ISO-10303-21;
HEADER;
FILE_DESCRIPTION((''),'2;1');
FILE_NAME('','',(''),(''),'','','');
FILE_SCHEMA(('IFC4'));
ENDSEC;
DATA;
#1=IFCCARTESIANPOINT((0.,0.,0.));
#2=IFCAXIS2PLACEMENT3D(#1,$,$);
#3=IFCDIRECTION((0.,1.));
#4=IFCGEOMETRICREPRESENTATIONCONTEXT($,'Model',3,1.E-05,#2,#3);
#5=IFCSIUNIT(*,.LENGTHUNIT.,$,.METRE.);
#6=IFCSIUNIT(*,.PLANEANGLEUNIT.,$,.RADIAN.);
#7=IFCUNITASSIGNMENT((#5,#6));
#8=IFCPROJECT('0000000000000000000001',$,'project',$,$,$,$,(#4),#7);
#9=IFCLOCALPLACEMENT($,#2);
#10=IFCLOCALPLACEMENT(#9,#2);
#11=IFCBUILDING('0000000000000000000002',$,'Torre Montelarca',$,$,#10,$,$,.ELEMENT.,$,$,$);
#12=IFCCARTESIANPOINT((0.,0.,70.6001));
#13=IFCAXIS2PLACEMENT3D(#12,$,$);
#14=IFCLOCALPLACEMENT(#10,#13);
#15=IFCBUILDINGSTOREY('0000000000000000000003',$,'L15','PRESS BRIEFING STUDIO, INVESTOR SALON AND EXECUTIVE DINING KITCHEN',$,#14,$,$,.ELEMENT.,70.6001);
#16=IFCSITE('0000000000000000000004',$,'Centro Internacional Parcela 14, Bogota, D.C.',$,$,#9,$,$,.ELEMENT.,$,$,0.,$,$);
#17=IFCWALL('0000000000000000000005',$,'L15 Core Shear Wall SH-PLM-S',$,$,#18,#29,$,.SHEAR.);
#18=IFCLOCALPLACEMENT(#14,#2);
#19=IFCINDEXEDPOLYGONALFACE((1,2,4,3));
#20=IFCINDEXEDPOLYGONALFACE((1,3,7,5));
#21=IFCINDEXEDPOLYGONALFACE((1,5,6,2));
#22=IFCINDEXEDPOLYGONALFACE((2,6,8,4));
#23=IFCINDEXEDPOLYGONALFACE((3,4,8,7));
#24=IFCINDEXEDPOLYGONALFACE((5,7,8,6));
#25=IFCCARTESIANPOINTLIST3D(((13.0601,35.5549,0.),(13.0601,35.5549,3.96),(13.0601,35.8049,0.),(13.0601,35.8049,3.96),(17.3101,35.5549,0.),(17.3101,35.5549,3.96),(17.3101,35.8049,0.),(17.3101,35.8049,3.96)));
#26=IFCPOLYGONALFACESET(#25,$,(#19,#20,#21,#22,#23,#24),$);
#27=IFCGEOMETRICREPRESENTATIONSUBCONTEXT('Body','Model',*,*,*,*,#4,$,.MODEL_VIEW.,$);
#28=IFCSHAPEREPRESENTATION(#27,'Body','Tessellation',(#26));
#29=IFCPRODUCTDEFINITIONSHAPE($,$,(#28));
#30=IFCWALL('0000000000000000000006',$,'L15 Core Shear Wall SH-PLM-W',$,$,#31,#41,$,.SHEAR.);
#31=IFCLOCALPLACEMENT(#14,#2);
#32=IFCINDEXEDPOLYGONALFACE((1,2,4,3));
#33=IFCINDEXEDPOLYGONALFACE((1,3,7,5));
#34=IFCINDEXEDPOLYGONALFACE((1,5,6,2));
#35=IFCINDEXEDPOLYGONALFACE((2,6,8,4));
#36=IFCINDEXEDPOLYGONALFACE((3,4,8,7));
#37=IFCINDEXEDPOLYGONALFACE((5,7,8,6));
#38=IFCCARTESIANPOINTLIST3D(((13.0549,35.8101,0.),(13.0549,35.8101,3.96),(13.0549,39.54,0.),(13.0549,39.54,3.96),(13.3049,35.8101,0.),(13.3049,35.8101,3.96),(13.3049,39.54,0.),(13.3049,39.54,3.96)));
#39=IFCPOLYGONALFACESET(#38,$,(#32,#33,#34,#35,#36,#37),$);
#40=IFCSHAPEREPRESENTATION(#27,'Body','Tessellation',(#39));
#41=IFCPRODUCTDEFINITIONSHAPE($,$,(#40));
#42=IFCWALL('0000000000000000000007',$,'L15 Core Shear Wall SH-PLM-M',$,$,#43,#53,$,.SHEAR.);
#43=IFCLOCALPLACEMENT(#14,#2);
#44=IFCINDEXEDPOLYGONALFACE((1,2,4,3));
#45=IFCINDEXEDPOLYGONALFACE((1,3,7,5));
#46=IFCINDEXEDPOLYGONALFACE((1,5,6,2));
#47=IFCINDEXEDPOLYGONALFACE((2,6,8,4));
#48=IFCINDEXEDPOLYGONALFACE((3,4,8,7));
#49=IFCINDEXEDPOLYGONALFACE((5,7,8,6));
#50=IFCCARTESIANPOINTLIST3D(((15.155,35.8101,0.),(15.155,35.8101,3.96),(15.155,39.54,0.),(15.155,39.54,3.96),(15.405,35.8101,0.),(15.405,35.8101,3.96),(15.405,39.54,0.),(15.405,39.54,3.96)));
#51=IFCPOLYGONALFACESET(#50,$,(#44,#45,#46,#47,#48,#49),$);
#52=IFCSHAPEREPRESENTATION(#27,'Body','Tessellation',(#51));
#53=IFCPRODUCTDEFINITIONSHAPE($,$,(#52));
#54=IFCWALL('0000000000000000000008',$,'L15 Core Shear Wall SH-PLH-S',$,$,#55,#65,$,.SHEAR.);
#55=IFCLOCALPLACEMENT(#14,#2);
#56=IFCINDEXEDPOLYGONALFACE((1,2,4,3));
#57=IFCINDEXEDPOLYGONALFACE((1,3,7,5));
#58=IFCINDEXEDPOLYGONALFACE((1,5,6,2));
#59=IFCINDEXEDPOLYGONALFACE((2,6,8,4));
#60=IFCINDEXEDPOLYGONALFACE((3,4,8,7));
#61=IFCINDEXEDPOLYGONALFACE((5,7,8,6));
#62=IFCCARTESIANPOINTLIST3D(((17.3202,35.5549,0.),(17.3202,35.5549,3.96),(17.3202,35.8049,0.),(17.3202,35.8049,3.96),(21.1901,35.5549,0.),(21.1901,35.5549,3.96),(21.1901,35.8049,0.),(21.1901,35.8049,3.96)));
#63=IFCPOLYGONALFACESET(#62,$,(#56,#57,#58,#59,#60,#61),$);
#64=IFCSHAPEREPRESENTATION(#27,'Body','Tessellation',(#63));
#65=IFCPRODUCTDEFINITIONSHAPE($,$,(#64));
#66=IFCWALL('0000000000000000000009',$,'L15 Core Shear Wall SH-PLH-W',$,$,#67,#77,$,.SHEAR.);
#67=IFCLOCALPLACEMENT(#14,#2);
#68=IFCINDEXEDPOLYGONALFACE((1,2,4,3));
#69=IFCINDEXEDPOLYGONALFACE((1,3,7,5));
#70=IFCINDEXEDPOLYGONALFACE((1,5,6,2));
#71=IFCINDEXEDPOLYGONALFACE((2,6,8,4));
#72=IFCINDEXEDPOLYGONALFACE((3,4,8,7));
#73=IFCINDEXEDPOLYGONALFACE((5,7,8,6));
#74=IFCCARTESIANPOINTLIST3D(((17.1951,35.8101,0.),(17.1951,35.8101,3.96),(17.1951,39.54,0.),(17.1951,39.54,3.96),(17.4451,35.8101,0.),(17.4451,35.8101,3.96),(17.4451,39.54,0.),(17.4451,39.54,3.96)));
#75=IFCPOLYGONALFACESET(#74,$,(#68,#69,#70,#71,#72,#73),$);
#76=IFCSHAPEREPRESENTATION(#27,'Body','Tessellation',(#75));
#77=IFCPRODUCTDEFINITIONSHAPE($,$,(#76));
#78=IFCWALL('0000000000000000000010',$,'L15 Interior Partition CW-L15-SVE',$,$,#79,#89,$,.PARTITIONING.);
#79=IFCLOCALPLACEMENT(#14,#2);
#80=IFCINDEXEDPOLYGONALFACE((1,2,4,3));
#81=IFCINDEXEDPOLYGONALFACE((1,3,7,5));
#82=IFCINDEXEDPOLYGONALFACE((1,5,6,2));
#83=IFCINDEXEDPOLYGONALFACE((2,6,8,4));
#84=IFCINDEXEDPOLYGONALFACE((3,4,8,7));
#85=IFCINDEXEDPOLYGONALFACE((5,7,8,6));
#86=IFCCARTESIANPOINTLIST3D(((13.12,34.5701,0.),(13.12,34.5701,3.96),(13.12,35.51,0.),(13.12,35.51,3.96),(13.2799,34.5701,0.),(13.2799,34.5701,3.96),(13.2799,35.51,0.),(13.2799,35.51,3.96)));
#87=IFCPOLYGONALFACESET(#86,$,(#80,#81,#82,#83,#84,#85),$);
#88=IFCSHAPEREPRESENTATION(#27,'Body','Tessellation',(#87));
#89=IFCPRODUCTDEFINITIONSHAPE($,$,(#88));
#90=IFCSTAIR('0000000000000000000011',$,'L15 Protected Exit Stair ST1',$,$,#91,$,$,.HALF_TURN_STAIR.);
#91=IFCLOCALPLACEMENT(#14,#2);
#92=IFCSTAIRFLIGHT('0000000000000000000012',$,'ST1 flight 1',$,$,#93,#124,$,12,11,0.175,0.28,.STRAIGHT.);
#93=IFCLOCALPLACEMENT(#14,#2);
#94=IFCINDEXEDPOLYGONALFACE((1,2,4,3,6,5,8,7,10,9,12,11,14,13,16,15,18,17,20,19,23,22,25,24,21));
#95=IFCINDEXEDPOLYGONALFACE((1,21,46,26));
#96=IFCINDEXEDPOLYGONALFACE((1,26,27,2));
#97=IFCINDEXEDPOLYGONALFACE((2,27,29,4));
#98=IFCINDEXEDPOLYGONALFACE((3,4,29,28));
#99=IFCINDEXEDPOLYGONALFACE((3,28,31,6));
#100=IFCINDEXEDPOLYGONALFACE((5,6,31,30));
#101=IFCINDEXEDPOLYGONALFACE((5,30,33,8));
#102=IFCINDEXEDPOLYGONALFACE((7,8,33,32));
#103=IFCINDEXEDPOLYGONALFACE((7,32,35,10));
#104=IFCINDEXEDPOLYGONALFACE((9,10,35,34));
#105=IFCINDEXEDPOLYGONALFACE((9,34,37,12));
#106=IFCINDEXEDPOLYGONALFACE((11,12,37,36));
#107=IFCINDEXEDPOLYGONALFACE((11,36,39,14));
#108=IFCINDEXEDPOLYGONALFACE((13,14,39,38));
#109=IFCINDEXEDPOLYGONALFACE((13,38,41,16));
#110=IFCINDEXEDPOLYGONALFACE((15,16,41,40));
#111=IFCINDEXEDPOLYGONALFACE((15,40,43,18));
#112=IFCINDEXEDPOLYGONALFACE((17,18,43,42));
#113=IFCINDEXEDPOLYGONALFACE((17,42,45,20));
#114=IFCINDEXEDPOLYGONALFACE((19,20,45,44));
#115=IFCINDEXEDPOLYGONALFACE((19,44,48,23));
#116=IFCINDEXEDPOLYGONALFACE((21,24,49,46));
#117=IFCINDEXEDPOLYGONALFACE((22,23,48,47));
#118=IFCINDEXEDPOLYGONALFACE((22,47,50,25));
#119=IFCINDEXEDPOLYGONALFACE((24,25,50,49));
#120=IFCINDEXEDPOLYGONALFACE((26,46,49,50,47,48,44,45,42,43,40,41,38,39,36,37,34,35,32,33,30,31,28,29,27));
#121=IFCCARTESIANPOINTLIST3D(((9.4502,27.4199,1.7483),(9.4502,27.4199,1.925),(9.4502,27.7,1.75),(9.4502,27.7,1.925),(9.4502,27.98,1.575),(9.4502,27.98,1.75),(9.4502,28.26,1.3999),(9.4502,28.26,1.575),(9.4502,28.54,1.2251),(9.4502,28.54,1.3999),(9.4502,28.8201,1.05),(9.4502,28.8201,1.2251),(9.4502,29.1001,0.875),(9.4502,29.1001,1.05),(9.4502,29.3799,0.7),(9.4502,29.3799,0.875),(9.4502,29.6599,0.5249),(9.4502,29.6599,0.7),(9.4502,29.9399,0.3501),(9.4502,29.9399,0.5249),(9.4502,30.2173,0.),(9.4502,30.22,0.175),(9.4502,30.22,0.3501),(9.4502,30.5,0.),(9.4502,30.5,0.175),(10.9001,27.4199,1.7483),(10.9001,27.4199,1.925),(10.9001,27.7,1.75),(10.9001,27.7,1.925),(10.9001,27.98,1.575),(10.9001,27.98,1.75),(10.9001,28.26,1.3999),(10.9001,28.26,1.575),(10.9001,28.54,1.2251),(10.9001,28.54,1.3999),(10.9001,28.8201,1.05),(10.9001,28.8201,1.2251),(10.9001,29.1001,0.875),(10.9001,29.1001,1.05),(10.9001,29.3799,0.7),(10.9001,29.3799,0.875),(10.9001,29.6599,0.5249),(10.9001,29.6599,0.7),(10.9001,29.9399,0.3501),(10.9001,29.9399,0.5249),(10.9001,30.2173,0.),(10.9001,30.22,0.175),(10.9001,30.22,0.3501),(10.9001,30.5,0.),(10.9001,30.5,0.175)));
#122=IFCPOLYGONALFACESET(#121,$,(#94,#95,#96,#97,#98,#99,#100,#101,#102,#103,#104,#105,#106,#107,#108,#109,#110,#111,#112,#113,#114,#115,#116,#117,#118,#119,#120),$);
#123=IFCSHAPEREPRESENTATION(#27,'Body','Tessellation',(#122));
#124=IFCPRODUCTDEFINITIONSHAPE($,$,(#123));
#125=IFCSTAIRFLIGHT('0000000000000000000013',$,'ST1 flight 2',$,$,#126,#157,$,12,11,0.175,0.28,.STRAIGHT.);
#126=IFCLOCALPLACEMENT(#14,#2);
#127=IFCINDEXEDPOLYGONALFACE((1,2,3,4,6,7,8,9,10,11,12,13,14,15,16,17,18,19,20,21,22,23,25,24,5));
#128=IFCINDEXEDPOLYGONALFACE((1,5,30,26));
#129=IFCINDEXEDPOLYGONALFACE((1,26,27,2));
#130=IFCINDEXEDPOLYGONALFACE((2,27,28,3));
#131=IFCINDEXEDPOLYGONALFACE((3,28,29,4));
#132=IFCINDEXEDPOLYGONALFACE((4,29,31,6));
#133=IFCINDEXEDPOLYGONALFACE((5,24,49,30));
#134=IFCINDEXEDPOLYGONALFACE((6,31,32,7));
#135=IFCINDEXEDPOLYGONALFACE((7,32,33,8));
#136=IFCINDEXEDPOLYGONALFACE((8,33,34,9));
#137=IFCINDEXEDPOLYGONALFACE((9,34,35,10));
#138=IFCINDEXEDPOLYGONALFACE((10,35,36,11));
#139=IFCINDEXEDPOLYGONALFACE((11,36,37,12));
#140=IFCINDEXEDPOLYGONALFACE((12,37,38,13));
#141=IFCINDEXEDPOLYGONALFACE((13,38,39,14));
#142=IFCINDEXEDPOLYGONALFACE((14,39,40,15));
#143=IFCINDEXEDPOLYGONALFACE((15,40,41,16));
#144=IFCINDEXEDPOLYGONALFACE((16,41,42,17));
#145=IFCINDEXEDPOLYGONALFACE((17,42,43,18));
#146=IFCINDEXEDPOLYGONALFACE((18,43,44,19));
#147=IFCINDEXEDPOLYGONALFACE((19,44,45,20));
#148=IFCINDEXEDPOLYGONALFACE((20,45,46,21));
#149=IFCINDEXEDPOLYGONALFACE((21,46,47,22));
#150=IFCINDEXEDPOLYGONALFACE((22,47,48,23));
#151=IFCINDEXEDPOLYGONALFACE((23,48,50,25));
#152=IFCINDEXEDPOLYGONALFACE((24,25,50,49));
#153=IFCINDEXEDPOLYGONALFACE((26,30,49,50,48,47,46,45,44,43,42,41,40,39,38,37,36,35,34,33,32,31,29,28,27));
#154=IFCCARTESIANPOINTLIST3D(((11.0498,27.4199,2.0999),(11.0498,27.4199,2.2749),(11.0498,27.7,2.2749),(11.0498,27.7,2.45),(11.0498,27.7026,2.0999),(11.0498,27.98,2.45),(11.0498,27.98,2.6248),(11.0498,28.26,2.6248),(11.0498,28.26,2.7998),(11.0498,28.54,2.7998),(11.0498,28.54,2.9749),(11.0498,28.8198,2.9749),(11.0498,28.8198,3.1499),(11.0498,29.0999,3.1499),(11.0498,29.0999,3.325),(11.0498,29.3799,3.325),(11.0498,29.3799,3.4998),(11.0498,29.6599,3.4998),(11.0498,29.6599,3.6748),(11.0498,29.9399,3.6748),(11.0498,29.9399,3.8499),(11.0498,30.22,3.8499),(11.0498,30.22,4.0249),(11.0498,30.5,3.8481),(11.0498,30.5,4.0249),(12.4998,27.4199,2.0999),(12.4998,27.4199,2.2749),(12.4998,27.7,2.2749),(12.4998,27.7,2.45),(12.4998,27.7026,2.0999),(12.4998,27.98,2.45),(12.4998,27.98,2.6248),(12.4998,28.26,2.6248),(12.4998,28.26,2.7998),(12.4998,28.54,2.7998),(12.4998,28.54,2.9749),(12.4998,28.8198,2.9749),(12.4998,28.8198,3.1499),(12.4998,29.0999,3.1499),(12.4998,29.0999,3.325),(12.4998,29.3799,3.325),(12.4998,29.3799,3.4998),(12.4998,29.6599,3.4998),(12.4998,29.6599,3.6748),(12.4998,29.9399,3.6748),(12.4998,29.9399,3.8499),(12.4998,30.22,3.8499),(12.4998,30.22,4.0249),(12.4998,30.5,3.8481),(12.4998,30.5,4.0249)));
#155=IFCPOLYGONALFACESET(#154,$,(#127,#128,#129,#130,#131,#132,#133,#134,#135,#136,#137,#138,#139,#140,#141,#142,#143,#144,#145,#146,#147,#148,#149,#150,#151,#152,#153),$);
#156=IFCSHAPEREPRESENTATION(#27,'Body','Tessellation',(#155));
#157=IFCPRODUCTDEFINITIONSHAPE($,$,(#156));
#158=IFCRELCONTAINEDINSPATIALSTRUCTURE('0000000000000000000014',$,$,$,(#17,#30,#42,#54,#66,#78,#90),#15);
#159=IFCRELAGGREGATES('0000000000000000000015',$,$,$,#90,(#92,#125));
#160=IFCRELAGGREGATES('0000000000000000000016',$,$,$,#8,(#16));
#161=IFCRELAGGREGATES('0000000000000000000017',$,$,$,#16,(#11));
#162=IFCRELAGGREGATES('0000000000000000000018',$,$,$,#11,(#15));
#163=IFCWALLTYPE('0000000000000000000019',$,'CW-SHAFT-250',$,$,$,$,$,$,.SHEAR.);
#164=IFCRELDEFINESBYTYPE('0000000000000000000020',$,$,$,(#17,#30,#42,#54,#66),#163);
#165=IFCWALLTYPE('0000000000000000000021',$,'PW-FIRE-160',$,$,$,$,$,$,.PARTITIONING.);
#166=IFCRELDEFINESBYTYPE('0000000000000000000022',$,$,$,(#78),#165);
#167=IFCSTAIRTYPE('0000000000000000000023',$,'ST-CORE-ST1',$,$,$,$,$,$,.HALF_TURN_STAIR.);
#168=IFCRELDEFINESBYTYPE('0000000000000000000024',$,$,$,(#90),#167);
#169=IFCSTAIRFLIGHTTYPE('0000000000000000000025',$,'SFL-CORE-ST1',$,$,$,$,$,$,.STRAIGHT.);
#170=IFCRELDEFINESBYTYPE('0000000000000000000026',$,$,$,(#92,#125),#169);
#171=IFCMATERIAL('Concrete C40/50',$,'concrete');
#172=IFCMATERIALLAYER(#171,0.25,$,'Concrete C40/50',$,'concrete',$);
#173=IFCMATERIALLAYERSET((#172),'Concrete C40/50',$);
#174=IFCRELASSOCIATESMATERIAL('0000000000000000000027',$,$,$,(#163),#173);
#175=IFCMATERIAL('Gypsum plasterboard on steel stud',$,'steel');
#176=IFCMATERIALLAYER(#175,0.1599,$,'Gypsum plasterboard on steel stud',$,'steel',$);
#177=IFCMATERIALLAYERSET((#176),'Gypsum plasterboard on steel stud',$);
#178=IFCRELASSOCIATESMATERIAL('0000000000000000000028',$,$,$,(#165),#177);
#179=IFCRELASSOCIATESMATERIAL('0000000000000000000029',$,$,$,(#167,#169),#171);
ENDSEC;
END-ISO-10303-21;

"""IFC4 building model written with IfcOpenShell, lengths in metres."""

from ifc_helpers import new_model, si_unit, direction, frame, frame_2d, origin, place, context, subcontext, project, spatial, polyline, rectangle, outline, extrude, material, layer, layer_set, type_object, element, aggregate, save


model = new_model("IFC4")

# Units and contexts
model_context = context("Model", 3, precision=1e-05, world=origin(), true_north=direction((0.0, 1.0)))
body_context = subcontext(model_context, "Body", "Model", "MODEL_VIEW")
ifc_project = project(units=[si_unit("LENGTHUNIT", "METRE"), si_unit("PLANEANGLEUNIT", "RADIAN")], contexts=[model_context])

# Site, building, storey
site_placement = place(None, origin())
site = spatial("IfcSite", under=ifc_project, at=site_placement, Name="Centro Internacional Parcela 14, Bogota, D.C.", CompositionType="ELEMENT", RefElevation=0.0)
building_placement = place(site_placement, origin())
building = spatial("IfcBuilding", under=site, at=building_placement, Name="Torre Montelarca", CompositionType="ELEMENT")
storey_placement = place(building_placement, frame((0.0, 0.0, 70.6001)))
storey = spatial("IfcBuildingStorey", under=building, at=storey_placement, Name="L15", Description="PRESS BRIEFING STUDIO, INVESTOR SALON AND EXECUTIVE DINING KITCHEN", CompositionType="ELEMENT", Elevation=70.6001)

# Shared definitions
ifc_material_1 = material(Name="Concrete C40/50", Category="concrete")
ifc_layer_1 = layer(ifc_material_1, 0.25, Name="Concrete C40/50", Category="concrete")
ifc_layer_set_1 = layer_set([ifc_layer_1], Name="Concrete C40/50")
wall_type_1 = type_object("IfcWallType", Name="CW-SHAFT-250", PredefinedType="SHEAR", material=ifc_layer_set_1)

# Walls
wall_1_placement = place(storey_placement, frame((13.0601, 35.6799, 0.0), z_axis=(0.0, 0.0, 1.0), x_axis=(1.0, 0.0, 0.0)))
element("IfcWall", 1, at=wall_1_placement, inside=storey, type_object=wall_type_1, Name="L15 Core Shear Wall SH-PLM-S", PredefinedType="SHEAR", context=body_context, shape_type="SweptSolid", body=[
    extrude(rectangle(XDim=4.25, YDim=0.25, at=frame_2d((2.125, 0.0))), origin(), (0.0, 0.0, 1.0), 3.96),
])
for number, where, z_axis, x_axis, name in (
    (2, (13.1799, 35.8101, 0.0), (0.0, 0.0, 1.0), (0.0, 1.0, 0.0), "L15 Core Shear Wall SH-PLM-W"),
    (3, (15.28, 35.8101, 0.0), (0.0, 0.0, 1.0), (0.0, 1.0, 0.0), "L15 Core Shear Wall SH-PLM-M"),
):
    element("IfcWall", number, at=place(storey_placement, frame(where, z_axis=z_axis, x_axis=x_axis)), inside=storey, type_object=wall_type_1, Name=name, PredefinedType="SHEAR", context=body_context, shape_type="SweptSolid", body=[
        extrude(rectangle(XDim=3.73, YDim=0.25, at=frame_2d((1.865, 0.0))), origin(), (0.0, 0.0, 1.0), 3.96),
    ])
wall_2_placement = place(storey_placement, frame((17.3201, 35.6799, 0.0), z_axis=(0.0, 0.0, 1.0), x_axis=(1.0, 0.0, 0.0)))
element("IfcWall", 4, at=wall_2_placement, inside=storey, type_object=wall_type_1, Name="L15 Core Shear Wall SH-PLH-S", PredefinedType="SHEAR", context=body_context, shape_type="SweptSolid", body=[
    extrude(rectangle(XDim=3.8699, YDim=0.25, at=frame_2d((1.9351, 0.0))), origin(), (0.0, 0.0, 1.0), 3.96),
])
wall_3_placement = place(storey_placement, frame((17.3201, 35.8101, 0.0), z_axis=(0.0, 0.0, 1.0), x_axis=(0.0, 1.0, 0.0)))
element("IfcWall", 5, at=wall_3_placement, inside=storey, type_object=wall_type_1, Name="L15 Core Shear Wall SH-PLH-W", PredefinedType="SHEAR", context=body_context, shape_type="SweptSolid", body=[
    extrude(rectangle(XDim=3.73, YDim=0.25, at=frame_2d((1.865, 0.0))), origin(), (0.0, 0.0, 1.0), 3.96),
])

# Shared definitions
ifc_material_2 = material(Name="Gypsum plasterboard on steel stud", Category="steel")
ifc_layer_2 = layer(ifc_material_2, 0.1599, Name="Gypsum plasterboard on steel stud", Category="steel")
ifc_layer_set_2 = layer_set([ifc_layer_2], Name="Gypsum plasterboard on steel stud")
wall_type_2 = type_object("IfcWallType", Name="PW-FIRE-160", PredefinedType="PARTITIONING", material=ifc_layer_set_2)

# Wall
wall_4_placement = place(storey_placement, frame((13.2, 34.5701, 0.0), z_axis=(0.0, 0.0, 1.0), x_axis=(0.0, 1.0, 0.0)))
element("IfcWall", 6, at=wall_4_placement, inside=storey, type_object=wall_type_2, Name="L15 Interior Partition CW-L15-SVE", PredefinedType="PARTITIONING", context=body_context, shape_type="SweptSolid", body=[
    extrude(rectangle(XDim=0.9399, YDim=0.1599, at=frame_2d((0.47, 0.0))), origin(), (0.0, 0.0, 1.0), 3.96),
])

# Stair, stair flights
stair_type = type_object("IfcStairType", Name="ST-CORE-ST1", PredefinedType="HALF_TURN_STAIR", material=ifc_material_1)
stair_placement = place(storey_placement, origin())
stair = element("IfcStair", 7, at=stair_placement, inside=storey, type_object=stair_type, Name="L15 Protected Exit Stair ST1", PredefinedType="HALF_TURN_STAIR")
stair_flight_type = type_object("IfcStairFlightType", Name="SFL-CORE-ST1", PredefinedType="STRAIGHT", material=ifc_material_1)
stair_flight_1_placement = place(storey_placement, frame((10.175, 30.5, 0.0), z_axis=(0.0, 0.0, 1.0), x_axis=(0.0, -1.0, 0.0)))
stair_flight_1 = element("IfcStairFlight", 8, at=stair_flight_1_placement, type_object=stair_flight_type, Name="ST1 flight 1", NumberOfRisers=12, NumberOfTreads=11, PredefinedType="STRAIGHT", RiserHeight=0.175, TreadLength=0.28, context=body_context, shape_type="SweptSolid", body=[
    extrude(outline(polyline([(0.0, 0.0), (0.0, 0.175), (0.28, 0.175), (0.28, 0.3501), (0.5601, 0.3501), (0.5601, 0.5249), (0.8401, 0.5249), (0.8401, 0.7), (1.1201, 0.7), (1.1201, 0.875), (1.3999, 0.875), (1.3999, 1.05), (1.6799, 1.05), (1.6799, 1.2251), (1.96, 1.2251), (1.96, 1.3999), (2.24, 1.3999), (2.24, 1.575), (2.52, 1.575), (2.52, 1.75), (2.8, 1.75), (2.8, 1.925), (3.0801, 1.925), (3.0801, 2.1001), (3.0801, 1.7483), (0.2827, 0.0), (0.0, 0.0)])), frame((0.0, 0.7251, 0.0), z_axis=(0.0, -1.0, 0.0), x_axis=(1.0, 0.0, 0.0)), (0.0, 0.0, 1.0), 1.45),
])
stair_flight_2_placement = place(storey_placement, frame((11.7749, 27.4199, 2.0999), z_axis=(0.0, 0.0, 1.0), x_axis=(0.0, 1.0, 0.0)))
stair_flight_2 = element("IfcStairFlight", 9, at=stair_flight_2_placement, type_object=stair_flight_type, Name="ST1 flight 2", NumberOfRisers=12, NumberOfTreads=11, PredefinedType="STRAIGHT", RiserHeight=0.175, TreadLength=0.28, context=body_context, shape_type="SweptSolid", body=[
    extrude(outline(polyline([(0.0, 0.0), (0.0, 0.175), (0.28, 0.175), (0.28, 0.3501), (0.5601, 0.3501), (0.5601, 0.5249), (0.8401, 0.5249), (0.8401, 0.7), (1.1201, 0.7), (1.1201, 0.875), (1.3999, 0.875), (1.3999, 1.05), (1.6799, 1.05), (1.6799, 1.2251), (1.96, 1.2251), (1.96, 1.3999), (2.24, 1.3999), (2.24, 1.575), (2.52, 1.575), (2.52, 1.75), (2.8, 1.75), (2.8, 1.925), (3.0801, 1.925), (3.0801, 2.1001), (3.0801, 1.7483), (0.2827, 0.0), (0.0, 0.0)])), frame((0.0, 0.7251, 0.0), z_axis=(0.0, -1.0, 0.0), x_axis=(1.0, 0.0, 0.0)), (0.0, 0.0, 1.0), 1.45),
])
aggregate(stair, [stair_flight_1, stair_flight_2])

save(model, "model.ifc")
